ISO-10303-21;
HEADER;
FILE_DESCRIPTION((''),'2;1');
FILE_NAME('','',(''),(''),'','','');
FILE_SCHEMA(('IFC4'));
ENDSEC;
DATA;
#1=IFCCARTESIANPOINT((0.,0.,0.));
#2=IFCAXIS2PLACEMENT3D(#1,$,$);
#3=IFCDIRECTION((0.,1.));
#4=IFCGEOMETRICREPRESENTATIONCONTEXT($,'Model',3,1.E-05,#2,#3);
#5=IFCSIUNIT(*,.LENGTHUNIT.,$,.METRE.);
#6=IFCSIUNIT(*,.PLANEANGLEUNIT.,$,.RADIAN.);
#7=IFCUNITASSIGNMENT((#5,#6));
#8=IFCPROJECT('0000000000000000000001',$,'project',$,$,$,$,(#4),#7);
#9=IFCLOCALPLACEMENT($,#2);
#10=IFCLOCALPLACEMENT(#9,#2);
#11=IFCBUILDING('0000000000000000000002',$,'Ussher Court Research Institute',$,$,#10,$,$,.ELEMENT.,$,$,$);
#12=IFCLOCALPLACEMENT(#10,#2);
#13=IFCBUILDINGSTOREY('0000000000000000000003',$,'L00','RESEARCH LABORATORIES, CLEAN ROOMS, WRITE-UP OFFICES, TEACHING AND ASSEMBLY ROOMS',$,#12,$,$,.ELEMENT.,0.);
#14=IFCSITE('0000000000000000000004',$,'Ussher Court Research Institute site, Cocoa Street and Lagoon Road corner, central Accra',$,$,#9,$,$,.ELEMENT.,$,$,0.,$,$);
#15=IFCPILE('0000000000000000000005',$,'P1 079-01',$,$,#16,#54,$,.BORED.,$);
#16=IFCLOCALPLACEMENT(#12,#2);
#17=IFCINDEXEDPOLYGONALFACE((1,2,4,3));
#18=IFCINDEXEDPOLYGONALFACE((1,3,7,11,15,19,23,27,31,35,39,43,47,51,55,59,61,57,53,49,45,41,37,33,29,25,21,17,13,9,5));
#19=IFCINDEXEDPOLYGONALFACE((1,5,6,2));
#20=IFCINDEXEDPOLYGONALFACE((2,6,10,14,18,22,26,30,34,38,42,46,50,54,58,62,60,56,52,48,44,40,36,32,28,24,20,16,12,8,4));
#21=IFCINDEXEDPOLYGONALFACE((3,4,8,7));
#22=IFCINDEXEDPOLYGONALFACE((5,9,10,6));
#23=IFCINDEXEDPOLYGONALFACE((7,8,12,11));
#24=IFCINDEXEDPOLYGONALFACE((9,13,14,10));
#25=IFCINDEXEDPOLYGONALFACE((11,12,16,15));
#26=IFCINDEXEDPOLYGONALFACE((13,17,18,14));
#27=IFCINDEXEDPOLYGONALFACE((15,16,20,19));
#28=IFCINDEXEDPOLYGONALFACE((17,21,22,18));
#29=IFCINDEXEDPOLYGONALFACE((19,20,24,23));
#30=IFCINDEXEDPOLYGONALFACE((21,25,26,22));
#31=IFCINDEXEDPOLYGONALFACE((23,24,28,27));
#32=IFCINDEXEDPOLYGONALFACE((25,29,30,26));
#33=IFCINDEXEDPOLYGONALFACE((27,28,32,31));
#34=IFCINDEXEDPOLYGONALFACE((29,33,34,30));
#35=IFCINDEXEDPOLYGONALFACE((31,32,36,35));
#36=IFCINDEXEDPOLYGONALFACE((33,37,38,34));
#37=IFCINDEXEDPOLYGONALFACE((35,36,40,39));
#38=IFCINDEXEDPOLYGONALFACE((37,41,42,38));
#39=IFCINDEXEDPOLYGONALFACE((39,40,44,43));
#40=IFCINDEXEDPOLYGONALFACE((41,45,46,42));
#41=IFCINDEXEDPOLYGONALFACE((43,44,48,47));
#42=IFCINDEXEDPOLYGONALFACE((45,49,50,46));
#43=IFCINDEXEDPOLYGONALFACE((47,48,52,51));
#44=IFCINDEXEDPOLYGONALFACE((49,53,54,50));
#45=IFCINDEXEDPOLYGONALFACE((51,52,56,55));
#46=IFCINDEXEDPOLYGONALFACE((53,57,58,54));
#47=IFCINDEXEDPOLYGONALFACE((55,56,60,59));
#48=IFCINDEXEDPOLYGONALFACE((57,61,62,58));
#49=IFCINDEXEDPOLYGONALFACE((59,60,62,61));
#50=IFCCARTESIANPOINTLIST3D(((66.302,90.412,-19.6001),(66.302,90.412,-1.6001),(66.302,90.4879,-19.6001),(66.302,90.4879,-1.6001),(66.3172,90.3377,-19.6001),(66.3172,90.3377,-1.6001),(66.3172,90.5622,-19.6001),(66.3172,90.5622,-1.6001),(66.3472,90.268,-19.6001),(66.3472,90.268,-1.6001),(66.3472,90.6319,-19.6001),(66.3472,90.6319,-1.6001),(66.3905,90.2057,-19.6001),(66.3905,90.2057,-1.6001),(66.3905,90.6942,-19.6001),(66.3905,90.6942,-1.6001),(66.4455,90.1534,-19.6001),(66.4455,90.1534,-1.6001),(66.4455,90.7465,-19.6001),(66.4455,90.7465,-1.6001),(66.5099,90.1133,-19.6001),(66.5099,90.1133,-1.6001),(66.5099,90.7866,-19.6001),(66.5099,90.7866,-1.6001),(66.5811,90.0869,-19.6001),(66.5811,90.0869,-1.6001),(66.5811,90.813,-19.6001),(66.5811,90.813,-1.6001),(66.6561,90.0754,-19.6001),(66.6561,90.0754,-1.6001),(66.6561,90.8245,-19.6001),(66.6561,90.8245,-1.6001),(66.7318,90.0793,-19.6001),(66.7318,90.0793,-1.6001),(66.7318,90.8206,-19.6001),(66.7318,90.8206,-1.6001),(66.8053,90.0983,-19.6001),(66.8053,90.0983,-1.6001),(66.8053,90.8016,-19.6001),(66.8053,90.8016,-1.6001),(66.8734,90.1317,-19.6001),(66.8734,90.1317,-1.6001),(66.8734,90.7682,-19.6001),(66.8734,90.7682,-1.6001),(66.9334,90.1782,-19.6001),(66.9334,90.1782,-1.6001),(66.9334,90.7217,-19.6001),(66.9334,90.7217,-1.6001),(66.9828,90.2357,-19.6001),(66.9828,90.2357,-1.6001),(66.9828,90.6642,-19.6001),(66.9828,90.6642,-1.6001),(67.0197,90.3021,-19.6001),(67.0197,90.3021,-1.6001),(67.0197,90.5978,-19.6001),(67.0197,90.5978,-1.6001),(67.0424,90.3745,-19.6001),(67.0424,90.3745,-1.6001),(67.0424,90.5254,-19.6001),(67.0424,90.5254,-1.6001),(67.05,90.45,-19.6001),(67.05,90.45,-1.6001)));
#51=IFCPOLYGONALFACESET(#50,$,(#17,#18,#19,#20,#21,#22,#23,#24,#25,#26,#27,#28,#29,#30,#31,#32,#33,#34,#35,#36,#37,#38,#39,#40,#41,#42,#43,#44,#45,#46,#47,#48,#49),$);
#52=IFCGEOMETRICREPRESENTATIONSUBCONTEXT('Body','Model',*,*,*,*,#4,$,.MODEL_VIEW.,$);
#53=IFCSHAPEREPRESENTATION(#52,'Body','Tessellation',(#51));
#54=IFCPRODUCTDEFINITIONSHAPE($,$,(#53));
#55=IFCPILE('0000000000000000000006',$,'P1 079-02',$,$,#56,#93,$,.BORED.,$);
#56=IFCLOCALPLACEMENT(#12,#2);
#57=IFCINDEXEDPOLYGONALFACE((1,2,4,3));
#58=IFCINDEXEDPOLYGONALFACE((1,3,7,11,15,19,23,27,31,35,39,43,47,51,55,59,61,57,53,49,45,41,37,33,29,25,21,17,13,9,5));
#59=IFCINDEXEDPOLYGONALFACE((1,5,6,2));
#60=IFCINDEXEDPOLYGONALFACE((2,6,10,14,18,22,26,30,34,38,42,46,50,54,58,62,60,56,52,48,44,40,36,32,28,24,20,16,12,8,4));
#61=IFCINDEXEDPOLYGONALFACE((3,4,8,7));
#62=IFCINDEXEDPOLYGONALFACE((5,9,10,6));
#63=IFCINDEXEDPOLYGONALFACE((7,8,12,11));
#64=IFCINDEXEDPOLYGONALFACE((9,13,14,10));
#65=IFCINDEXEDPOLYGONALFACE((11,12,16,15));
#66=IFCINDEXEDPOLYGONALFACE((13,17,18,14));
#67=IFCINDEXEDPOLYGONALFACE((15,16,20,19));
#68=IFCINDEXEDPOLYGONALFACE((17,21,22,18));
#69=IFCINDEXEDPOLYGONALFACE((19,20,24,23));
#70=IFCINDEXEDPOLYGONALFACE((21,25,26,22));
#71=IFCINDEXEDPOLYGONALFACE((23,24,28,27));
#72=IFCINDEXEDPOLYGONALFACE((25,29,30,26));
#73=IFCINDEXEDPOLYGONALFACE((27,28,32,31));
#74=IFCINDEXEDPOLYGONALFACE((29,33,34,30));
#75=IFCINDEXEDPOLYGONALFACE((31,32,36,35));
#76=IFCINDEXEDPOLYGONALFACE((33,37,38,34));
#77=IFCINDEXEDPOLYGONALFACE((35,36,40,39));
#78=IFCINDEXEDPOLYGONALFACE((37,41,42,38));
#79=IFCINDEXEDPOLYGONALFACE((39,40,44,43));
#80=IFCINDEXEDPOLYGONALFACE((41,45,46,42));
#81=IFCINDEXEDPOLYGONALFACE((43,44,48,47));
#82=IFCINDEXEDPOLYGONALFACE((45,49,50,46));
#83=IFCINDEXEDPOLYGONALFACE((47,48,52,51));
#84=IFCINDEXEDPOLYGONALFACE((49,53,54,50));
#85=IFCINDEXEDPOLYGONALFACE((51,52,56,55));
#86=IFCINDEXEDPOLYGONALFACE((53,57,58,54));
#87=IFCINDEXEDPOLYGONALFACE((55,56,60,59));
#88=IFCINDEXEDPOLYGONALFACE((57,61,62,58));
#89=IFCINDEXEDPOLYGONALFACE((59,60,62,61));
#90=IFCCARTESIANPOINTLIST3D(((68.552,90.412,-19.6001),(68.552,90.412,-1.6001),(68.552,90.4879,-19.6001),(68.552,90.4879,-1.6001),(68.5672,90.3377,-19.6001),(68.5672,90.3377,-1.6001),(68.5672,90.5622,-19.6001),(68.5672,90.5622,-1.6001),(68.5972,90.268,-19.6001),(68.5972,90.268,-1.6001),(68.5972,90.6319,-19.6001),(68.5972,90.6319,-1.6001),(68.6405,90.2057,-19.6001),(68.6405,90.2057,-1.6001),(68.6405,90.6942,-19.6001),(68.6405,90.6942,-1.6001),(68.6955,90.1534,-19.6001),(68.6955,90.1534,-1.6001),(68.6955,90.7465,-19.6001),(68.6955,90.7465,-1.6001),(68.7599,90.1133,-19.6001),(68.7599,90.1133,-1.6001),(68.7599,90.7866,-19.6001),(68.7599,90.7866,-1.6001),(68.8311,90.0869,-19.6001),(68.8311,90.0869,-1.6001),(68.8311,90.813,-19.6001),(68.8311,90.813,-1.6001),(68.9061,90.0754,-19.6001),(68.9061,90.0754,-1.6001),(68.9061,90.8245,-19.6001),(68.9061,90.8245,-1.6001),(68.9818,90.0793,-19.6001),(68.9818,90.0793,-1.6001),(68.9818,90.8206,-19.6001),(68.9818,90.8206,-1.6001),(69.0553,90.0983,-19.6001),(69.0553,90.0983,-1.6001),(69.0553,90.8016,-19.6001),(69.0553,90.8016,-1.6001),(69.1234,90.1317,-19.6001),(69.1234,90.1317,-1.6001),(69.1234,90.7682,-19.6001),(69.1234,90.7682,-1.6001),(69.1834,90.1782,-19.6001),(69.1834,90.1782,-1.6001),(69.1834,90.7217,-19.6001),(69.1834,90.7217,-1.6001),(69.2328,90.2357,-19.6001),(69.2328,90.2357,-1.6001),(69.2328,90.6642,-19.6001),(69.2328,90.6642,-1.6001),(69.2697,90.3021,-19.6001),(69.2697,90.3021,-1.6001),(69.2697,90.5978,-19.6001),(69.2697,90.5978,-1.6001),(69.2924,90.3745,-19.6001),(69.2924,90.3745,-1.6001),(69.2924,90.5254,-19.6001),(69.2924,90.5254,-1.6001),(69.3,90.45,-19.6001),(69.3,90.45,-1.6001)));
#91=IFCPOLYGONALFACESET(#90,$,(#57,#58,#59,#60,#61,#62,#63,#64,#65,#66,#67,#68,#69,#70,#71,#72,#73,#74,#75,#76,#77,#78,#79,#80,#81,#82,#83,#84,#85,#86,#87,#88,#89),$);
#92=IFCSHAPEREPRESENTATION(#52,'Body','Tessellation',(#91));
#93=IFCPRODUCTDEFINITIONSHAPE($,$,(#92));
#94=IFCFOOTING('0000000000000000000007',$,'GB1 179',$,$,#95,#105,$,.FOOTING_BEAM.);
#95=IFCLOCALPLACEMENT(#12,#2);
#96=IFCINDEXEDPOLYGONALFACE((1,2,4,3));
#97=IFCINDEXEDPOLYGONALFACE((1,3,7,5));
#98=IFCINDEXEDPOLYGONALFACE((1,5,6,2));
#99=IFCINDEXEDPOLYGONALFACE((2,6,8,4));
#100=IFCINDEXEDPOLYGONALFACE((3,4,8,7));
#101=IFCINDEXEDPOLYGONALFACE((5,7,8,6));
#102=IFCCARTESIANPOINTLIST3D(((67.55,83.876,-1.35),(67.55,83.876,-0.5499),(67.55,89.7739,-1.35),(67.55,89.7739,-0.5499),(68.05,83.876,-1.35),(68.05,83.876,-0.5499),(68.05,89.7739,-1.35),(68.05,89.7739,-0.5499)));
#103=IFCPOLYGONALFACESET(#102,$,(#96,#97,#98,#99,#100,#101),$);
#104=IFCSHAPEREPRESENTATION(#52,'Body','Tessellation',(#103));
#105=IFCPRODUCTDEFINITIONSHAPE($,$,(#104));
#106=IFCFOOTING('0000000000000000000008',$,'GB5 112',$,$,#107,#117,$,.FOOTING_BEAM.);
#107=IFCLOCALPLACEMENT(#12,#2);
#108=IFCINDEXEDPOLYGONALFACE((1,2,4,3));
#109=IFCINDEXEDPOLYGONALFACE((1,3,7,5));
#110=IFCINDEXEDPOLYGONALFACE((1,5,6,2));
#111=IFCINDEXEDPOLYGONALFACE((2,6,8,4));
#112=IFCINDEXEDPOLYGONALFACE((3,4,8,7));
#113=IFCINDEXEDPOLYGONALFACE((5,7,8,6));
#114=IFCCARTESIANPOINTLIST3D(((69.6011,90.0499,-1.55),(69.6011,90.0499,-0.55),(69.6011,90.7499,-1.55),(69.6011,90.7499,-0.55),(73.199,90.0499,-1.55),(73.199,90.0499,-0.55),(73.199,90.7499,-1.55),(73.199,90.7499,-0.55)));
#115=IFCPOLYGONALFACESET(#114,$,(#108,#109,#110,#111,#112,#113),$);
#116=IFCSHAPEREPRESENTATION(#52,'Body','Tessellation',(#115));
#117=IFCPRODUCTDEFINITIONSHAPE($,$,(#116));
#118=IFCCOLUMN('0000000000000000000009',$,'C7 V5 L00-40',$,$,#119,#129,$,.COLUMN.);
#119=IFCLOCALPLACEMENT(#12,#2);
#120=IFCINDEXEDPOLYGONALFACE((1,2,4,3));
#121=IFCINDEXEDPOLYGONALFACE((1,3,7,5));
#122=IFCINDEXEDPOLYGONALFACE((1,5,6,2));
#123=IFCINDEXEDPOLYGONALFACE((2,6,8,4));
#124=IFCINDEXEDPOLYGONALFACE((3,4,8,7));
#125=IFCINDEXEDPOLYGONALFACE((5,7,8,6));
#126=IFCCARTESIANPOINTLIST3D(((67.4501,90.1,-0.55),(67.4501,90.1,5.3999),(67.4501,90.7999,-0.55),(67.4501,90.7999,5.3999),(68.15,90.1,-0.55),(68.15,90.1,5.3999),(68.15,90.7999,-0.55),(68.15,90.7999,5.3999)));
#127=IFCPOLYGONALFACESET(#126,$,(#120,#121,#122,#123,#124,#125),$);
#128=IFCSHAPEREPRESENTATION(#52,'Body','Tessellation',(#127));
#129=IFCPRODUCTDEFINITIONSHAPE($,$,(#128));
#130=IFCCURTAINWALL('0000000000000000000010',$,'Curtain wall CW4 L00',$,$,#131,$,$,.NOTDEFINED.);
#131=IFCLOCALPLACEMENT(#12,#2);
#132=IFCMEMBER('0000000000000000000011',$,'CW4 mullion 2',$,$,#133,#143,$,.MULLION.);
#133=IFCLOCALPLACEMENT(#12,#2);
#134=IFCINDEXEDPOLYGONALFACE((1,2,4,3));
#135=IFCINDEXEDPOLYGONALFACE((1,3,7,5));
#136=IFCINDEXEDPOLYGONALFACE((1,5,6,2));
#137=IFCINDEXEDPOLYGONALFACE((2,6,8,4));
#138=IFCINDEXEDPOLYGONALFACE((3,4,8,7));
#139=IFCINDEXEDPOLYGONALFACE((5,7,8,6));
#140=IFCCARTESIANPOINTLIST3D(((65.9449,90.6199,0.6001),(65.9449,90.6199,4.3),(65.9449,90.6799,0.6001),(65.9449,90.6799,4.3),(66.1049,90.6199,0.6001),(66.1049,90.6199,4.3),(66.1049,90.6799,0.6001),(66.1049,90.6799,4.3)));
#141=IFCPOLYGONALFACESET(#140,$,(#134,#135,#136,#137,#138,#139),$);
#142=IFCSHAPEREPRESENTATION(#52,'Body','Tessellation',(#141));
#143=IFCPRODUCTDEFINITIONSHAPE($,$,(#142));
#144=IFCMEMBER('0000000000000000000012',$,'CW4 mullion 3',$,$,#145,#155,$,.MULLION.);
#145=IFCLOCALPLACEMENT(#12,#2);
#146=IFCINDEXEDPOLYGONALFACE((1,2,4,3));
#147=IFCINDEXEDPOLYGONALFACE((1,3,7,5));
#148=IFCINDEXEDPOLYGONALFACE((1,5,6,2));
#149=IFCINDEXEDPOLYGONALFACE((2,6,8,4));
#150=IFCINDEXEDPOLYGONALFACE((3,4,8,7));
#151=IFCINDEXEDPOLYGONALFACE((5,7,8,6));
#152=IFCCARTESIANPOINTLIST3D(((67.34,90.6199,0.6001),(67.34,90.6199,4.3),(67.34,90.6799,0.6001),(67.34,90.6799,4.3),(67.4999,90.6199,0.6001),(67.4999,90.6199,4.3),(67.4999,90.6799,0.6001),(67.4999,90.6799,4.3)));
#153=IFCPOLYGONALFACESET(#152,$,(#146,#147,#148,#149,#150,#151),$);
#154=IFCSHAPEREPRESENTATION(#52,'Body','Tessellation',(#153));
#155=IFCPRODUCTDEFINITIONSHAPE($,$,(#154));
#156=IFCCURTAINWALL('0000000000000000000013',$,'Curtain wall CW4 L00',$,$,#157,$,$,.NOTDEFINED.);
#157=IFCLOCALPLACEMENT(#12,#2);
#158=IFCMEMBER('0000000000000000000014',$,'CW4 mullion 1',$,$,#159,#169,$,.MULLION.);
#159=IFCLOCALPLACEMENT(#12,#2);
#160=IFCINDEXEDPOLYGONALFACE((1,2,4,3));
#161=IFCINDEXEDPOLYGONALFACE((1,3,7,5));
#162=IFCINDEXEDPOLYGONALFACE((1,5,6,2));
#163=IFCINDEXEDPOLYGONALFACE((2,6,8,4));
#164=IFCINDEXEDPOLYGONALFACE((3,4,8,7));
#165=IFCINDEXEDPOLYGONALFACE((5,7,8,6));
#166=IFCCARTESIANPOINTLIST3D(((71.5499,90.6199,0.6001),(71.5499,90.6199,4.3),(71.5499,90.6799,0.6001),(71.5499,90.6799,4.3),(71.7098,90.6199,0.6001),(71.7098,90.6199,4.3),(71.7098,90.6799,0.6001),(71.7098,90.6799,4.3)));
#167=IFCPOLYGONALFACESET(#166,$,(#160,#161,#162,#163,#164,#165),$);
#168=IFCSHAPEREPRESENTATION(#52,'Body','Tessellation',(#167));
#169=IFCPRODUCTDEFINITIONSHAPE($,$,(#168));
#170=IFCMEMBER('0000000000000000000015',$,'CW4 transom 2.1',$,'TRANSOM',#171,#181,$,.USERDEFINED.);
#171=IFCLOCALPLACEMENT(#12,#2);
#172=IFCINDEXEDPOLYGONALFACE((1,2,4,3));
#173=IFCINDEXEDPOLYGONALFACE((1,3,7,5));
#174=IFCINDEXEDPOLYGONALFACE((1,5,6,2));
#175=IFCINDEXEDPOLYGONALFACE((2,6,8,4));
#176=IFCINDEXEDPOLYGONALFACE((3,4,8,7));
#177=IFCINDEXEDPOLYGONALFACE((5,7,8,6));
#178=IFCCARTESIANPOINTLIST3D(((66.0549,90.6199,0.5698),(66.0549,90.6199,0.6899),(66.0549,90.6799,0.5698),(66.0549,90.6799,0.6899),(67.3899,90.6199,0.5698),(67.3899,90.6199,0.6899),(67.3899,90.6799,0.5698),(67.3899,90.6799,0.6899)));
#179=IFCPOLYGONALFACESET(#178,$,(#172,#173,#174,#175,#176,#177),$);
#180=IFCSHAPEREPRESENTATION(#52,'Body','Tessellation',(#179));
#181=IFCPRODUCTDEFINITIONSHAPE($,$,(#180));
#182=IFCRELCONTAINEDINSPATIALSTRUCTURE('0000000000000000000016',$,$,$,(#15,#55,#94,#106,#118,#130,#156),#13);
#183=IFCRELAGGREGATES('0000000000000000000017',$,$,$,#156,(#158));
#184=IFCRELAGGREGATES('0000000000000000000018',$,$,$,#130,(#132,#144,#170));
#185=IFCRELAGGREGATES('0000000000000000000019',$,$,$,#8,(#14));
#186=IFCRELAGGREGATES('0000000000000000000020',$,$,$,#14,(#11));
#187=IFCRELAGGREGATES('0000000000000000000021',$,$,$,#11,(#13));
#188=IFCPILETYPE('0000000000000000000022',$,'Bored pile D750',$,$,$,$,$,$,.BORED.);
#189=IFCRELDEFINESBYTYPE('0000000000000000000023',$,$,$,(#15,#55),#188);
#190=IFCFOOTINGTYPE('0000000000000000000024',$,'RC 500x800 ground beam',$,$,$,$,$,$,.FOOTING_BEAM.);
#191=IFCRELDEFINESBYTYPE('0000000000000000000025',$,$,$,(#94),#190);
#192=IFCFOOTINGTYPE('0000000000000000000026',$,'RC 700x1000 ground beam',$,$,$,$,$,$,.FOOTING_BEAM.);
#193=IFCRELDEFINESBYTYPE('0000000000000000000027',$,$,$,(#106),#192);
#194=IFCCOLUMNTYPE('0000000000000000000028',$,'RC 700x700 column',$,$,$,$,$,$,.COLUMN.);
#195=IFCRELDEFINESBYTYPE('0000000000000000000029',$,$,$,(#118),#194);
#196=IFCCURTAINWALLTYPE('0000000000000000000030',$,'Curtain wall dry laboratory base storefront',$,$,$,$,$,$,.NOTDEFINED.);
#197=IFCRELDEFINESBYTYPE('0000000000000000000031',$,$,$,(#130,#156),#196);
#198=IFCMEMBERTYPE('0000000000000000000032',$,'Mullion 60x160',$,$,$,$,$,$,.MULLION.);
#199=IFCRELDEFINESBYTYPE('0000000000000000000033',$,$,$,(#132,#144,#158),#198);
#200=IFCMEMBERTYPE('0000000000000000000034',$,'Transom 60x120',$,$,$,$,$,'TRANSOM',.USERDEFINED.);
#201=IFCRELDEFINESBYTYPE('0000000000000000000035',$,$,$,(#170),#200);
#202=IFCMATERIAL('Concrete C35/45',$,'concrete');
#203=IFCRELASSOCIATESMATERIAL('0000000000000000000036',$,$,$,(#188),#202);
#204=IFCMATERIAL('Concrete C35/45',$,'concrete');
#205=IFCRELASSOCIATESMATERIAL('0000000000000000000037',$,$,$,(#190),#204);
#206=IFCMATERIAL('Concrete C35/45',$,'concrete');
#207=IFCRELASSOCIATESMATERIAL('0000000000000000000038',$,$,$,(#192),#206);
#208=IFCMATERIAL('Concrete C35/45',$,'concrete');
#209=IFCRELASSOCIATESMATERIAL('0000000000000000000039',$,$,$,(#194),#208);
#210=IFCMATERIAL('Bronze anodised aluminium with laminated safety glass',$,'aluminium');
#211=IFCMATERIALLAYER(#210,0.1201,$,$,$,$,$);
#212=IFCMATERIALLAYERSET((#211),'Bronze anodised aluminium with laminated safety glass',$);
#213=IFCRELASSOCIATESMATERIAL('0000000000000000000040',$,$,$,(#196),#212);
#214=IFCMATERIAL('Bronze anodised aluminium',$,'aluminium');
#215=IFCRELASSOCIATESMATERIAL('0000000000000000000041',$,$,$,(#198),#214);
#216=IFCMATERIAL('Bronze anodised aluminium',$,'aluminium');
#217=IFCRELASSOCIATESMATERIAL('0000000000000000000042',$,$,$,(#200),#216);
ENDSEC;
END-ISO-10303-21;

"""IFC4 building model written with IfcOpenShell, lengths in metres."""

from ifc_helpers import new_model, si_unit, direction, frame, origin, origin_2d, place, context, subcontext, project, spatial, rectangle, circle, extrude, material, layer, layer_set, material_profile, profile_set, type_object, element, aggregate, save


model = new_model("IFC4")

# Units and contexts
model_context = context("Model", 3, precision=1e-05, world=origin(), true_north=direction((0.0, 1.0)))
body_context = subcontext(model_context, "Body", "Model", "MODEL_VIEW")
ifc_project = project(units=[si_unit("LENGTHUNIT", "METRE"), si_unit("PLANEANGLEUNIT", "RADIAN")], contexts=[model_context])

# Site, building, storey
site_placement = place(None, origin())
site = spatial("IfcSite", under=ifc_project, at=site_placement, Name="Ussher Court Research Institute site, Cocoa Street and Lagoon Road corner, central Accra", CompositionType="ELEMENT", RefElevation=0.0)
building_placement = place(site_placement, origin())
building = spatial("IfcBuilding", under=site, at=building_placement, Name="Ussher Court Research Institute", CompositionType="ELEMENT")
storey_placement = place(building_placement, origin())
storey = spatial("IfcBuildingStorey", under=building, at=storey_placement, Name="L00", Description="RESEARCH LABORATORIES, CLEAN ROOMS, WRITE-UP OFFICES, TEACHING AND ASSEMBLY ROOMS", CompositionType="ELEMENT", Elevation=0.0)

# Piles
ifc_material_1 = material(Name="Concrete C35/45", Category="concrete")
ifc_material_profile_1 = material_profile(ifc_material_1, circle(Radius=0.375, at=origin_2d()), Name="RC D750")
ifc_profile_set_1 = profile_set([ifc_material_profile_1], Name="Concrete C35/45")
pile_type = type_object("IfcPileType", Name="Bored pile D750", PredefinedType="BORED", material=ifc_profile_set_1)
for number, where, z_axis, x_axis, name in (
    (1, (66.675, 90.45, -1.6001), (0.0, 0.0, -1.0), (1.0, 0.0, 0.0), "P1 079-01"),
    (2, (68.925, 90.45, -1.6001), (0.0, 0.0, -1.0), (1.0, 0.0, 0.0), "P1 079-02"),
):
    element("IfcPile", number, at=place(storey_placement, frame(where, z_axis=z_axis, x_axis=x_axis)), inside=storey, type_object=pile_type, Name=name, PredefinedType="BORED", context=body_context, shape_type="SweptSolid", body=[
        extrude(circle(Radius=0.375, at=origin_2d()), origin(), (0.0, 0.0, 1.0), 18.0),
    ])

# Footings
ifc_material_2 = material(Name="Concrete C35/45", Category="concrete")
ifc_material_profile_2 = material_profile(ifc_material_2, rectangle(XDim=0.5, YDim=0.8, at=origin_2d()), Name="RC 500x800")
ifc_profile_set_2 = profile_set([ifc_material_profile_2], Name="Concrete C35/45")
footing_type_1 = type_object("IfcFootingType", Name="RC 500x800 ground beam", PredefinedType="FOOTING_BEAM", material=ifc_profile_set_2)
footing_1_placement = place(storey_placement, frame((67.8, 83.876, -0.95), z_axis=(0.0, 1.0, 0.0), x_axis=(-1.0, 0.0, 0.0)))
element("IfcFooting", 3, at=footing_1_placement, inside=storey, type_object=footing_type_1, Name="GB1 179", PredefinedType="FOOTING_BEAM", context=body_context, shape_type="SweptSolid", body=[
    extrude(rectangle(XDim=0.5, YDim=0.8, at=origin_2d()), origin(), (0.0, 0.0, 1.0), 5.8979),
])
ifc_material_3 = material(Name="Concrete C35/45", Category="concrete")
ifc_material_profile_3 = material_profile(ifc_material_3, rectangle(XDim=0.7, YDim=1.0, at=origin_2d()), Name="RC 700x1000")
ifc_profile_set_3 = profile_set([ifc_material_profile_3], Name="Concrete C35/45")
footing_type_2 = type_object("IfcFootingType", Name="RC 700x1000 ground beam", PredefinedType="FOOTING_BEAM", material=ifc_profile_set_3)
footing_2_placement = place(storey_placement, frame((69.6011, 90.3999, -1.05), z_axis=(1.0, 0.0, 0.0), x_axis=(0.0, 1.0, 0.0)))
element("IfcFooting", 4, at=footing_2_placement, inside=storey, type_object=footing_type_2, Name="GB5 112", PredefinedType="FOOTING_BEAM", context=body_context, shape_type="SweptSolid", body=[
    extrude(rectangle(XDim=0.7, YDim=1.0, at=origin_2d()), origin(), (0.0, 0.0, 1.0), 3.5979),
])

# Column
ifc_material_4 = material(Name="Concrete C35/45", Category="concrete")
ifc_material_profile_4 = material_profile(ifc_material_4, rectangle(XDim=0.7, YDim=0.7, at=origin_2d()), Name="RC 700x700")
ifc_profile_set_4 = profile_set([ifc_material_profile_4], Name="Concrete C35/45")
column_type = type_object("IfcColumnType", Name="RC 700x700 column", PredefinedType="COLUMN", material=ifc_profile_set_4)
column_placement = place(storey_placement, frame((67.8, 90.45, -0.55), z_axis=(0.0, 0.0, 1.0), x_axis=(1.0, 0.0, 0.0)))
element("IfcColumn", 5, at=column_placement, inside=storey, type_object=column_type, Name="C7 V5 L00-40", PredefinedType="COLUMN", context=body_context, shape_type="SweptSolid", body=[
    extrude(rectangle(XDim=0.7, YDim=0.7, at=origin_2d()), origin(), (0.0, 0.0, 1.0), 5.95),
])

# Curtain wall, members
ifc_material_5 = material(Name="Bronze anodised aluminium with laminated safety glass", Category="aluminium")
ifc_layer_1 = layer(ifc_material_5, 0.1201)
ifc_layer_set_1 = layer_set([ifc_layer_1], Name="Bronze anodised aluminium with laminated safety glass")
curtain_wall_type = type_object("IfcCurtainWallType", Name="Curtain wall dry laboratory base storefront", PredefinedType="NOTDEFINED", material=ifc_layer_set_1)
curtain_wall_1_placement = place(storey_placement, origin())
curtain_wall_1 = element("IfcCurtainWall", 6, at=curtain_wall_1_placement, inside=storey, type_object=curtain_wall_type, Name="Curtain wall CW4 L00", PredefinedType="NOTDEFINED")
ifc_material_6 = material(Name="Bronze anodised aluminium", Category="aluminium")
ifc_material_profile_5 = material_profile(ifc_material_6, rectangle(XDim=0.0601, YDim=0.1599, at=origin_2d()), Name="Mullion 60x160")
ifc_profile_set_5 = profile_set([ifc_material_profile_5], Name="Bronze anodised aluminium")
member_type_1 = type_object("IfcMemberType", Name="Mullion 60x160", PredefinedType="MULLION", material=ifc_profile_set_5)
member_1_placement = place(storey_placement, frame((66.0249, 90.6499, 0.6001), z_axis=(0.0, 0.0, 1.0), x_axis=(0.0, 1.0, 0.0)))
member_1 = element("IfcMember", 7, at=member_1_placement, type_object=member_type_1, Name="CW4 mullion 2", PredefinedType="MULLION", context=body_context, shape_type="SweptSolid", body=[
    extrude(rectangle(XDim=0.0601, YDim=0.1599, at=origin_2d()), origin(), (0.0, 0.0, 1.0), 3.7),
])
member_2_placement = place(storey_placement, frame((67.4199, 90.6499, 0.6001), z_axis=(0.0, 0.0, 1.0), x_axis=(0.0, 1.0, 0.0)))
member_2 = element("IfcMember", 8, at=member_2_placement, type_object=member_type_1, Name="CW4 mullion 3", PredefinedType="MULLION", context=body_context, shape_type="SweptSolid", body=[
    extrude(rectangle(XDim=0.0601, YDim=0.1599, at=origin_2d()), origin(), (0.0, 0.0, 1.0), 3.7),
])

# Curtain wall, member
curtain_wall_2_placement = place(storey_placement, origin())
curtain_wall_2 = element("IfcCurtainWall", 9, at=curtain_wall_2_placement, inside=storey, type_object=curtain_wall_type, Name="Curtain wall CW4 L00", PredefinedType="NOTDEFINED")
member_3_placement = place(storey_placement, frame((71.6299, 90.6499, 0.6001), z_axis=(0.0, 0.0, 1.0), x_axis=(0.0, 1.0, 0.0)))
member_3 = element("IfcMember", 10, at=member_3_placement, type_object=member_type_1, Name="CW4 mullion 1", PredefinedType="MULLION", context=body_context, shape_type="SweptSolid", body=[
    extrude(rectangle(XDim=0.0601, YDim=0.1599, at=origin_2d()), origin(), (0.0, 0.0, 1.0), 3.7),
])

# Member
ifc_material_7 = material(Name="Bronze anodised aluminium", Category="aluminium")
ifc_material_profile_6 = material_profile(ifc_material_7, rectangle(XDim=0.0601, YDim=0.1201, at=origin_2d()), Name="Transom 60x120")
ifc_profile_set_6 = profile_set([ifc_material_profile_6], Name="Bronze anodised aluminium")
member_type_2 = type_object("IfcMemberType", Name="Transom 60x120", ElementType="TRANSOM", PredefinedType="USERDEFINED", material=ifc_profile_set_6)
member_4_placement = place(storey_placement, frame((66.0549, 90.6499, 0.6299), z_axis=(1.0, 0.0, 0.0), x_axis=(0.0, 1.0, 0.0)))
member_4 = element("IfcMember", 11, at=member_4_placement, type_object=member_type_2, Name="CW4 transom 2.1", ObjectType="TRANSOM", PredefinedType="USERDEFINED", context=body_context, shape_type="SweptSolid", body=[
    extrude(rectangle(XDim=0.0601, YDim=0.1201, at=origin_2d()), origin(), (0.0, 0.0, 1.0), 1.335),
])
aggregate(curtain_wall_2, [member_3])

aggregate(curtain_wall_1, [member_1, member_2, member_4])

save(model, "model.ifc")
